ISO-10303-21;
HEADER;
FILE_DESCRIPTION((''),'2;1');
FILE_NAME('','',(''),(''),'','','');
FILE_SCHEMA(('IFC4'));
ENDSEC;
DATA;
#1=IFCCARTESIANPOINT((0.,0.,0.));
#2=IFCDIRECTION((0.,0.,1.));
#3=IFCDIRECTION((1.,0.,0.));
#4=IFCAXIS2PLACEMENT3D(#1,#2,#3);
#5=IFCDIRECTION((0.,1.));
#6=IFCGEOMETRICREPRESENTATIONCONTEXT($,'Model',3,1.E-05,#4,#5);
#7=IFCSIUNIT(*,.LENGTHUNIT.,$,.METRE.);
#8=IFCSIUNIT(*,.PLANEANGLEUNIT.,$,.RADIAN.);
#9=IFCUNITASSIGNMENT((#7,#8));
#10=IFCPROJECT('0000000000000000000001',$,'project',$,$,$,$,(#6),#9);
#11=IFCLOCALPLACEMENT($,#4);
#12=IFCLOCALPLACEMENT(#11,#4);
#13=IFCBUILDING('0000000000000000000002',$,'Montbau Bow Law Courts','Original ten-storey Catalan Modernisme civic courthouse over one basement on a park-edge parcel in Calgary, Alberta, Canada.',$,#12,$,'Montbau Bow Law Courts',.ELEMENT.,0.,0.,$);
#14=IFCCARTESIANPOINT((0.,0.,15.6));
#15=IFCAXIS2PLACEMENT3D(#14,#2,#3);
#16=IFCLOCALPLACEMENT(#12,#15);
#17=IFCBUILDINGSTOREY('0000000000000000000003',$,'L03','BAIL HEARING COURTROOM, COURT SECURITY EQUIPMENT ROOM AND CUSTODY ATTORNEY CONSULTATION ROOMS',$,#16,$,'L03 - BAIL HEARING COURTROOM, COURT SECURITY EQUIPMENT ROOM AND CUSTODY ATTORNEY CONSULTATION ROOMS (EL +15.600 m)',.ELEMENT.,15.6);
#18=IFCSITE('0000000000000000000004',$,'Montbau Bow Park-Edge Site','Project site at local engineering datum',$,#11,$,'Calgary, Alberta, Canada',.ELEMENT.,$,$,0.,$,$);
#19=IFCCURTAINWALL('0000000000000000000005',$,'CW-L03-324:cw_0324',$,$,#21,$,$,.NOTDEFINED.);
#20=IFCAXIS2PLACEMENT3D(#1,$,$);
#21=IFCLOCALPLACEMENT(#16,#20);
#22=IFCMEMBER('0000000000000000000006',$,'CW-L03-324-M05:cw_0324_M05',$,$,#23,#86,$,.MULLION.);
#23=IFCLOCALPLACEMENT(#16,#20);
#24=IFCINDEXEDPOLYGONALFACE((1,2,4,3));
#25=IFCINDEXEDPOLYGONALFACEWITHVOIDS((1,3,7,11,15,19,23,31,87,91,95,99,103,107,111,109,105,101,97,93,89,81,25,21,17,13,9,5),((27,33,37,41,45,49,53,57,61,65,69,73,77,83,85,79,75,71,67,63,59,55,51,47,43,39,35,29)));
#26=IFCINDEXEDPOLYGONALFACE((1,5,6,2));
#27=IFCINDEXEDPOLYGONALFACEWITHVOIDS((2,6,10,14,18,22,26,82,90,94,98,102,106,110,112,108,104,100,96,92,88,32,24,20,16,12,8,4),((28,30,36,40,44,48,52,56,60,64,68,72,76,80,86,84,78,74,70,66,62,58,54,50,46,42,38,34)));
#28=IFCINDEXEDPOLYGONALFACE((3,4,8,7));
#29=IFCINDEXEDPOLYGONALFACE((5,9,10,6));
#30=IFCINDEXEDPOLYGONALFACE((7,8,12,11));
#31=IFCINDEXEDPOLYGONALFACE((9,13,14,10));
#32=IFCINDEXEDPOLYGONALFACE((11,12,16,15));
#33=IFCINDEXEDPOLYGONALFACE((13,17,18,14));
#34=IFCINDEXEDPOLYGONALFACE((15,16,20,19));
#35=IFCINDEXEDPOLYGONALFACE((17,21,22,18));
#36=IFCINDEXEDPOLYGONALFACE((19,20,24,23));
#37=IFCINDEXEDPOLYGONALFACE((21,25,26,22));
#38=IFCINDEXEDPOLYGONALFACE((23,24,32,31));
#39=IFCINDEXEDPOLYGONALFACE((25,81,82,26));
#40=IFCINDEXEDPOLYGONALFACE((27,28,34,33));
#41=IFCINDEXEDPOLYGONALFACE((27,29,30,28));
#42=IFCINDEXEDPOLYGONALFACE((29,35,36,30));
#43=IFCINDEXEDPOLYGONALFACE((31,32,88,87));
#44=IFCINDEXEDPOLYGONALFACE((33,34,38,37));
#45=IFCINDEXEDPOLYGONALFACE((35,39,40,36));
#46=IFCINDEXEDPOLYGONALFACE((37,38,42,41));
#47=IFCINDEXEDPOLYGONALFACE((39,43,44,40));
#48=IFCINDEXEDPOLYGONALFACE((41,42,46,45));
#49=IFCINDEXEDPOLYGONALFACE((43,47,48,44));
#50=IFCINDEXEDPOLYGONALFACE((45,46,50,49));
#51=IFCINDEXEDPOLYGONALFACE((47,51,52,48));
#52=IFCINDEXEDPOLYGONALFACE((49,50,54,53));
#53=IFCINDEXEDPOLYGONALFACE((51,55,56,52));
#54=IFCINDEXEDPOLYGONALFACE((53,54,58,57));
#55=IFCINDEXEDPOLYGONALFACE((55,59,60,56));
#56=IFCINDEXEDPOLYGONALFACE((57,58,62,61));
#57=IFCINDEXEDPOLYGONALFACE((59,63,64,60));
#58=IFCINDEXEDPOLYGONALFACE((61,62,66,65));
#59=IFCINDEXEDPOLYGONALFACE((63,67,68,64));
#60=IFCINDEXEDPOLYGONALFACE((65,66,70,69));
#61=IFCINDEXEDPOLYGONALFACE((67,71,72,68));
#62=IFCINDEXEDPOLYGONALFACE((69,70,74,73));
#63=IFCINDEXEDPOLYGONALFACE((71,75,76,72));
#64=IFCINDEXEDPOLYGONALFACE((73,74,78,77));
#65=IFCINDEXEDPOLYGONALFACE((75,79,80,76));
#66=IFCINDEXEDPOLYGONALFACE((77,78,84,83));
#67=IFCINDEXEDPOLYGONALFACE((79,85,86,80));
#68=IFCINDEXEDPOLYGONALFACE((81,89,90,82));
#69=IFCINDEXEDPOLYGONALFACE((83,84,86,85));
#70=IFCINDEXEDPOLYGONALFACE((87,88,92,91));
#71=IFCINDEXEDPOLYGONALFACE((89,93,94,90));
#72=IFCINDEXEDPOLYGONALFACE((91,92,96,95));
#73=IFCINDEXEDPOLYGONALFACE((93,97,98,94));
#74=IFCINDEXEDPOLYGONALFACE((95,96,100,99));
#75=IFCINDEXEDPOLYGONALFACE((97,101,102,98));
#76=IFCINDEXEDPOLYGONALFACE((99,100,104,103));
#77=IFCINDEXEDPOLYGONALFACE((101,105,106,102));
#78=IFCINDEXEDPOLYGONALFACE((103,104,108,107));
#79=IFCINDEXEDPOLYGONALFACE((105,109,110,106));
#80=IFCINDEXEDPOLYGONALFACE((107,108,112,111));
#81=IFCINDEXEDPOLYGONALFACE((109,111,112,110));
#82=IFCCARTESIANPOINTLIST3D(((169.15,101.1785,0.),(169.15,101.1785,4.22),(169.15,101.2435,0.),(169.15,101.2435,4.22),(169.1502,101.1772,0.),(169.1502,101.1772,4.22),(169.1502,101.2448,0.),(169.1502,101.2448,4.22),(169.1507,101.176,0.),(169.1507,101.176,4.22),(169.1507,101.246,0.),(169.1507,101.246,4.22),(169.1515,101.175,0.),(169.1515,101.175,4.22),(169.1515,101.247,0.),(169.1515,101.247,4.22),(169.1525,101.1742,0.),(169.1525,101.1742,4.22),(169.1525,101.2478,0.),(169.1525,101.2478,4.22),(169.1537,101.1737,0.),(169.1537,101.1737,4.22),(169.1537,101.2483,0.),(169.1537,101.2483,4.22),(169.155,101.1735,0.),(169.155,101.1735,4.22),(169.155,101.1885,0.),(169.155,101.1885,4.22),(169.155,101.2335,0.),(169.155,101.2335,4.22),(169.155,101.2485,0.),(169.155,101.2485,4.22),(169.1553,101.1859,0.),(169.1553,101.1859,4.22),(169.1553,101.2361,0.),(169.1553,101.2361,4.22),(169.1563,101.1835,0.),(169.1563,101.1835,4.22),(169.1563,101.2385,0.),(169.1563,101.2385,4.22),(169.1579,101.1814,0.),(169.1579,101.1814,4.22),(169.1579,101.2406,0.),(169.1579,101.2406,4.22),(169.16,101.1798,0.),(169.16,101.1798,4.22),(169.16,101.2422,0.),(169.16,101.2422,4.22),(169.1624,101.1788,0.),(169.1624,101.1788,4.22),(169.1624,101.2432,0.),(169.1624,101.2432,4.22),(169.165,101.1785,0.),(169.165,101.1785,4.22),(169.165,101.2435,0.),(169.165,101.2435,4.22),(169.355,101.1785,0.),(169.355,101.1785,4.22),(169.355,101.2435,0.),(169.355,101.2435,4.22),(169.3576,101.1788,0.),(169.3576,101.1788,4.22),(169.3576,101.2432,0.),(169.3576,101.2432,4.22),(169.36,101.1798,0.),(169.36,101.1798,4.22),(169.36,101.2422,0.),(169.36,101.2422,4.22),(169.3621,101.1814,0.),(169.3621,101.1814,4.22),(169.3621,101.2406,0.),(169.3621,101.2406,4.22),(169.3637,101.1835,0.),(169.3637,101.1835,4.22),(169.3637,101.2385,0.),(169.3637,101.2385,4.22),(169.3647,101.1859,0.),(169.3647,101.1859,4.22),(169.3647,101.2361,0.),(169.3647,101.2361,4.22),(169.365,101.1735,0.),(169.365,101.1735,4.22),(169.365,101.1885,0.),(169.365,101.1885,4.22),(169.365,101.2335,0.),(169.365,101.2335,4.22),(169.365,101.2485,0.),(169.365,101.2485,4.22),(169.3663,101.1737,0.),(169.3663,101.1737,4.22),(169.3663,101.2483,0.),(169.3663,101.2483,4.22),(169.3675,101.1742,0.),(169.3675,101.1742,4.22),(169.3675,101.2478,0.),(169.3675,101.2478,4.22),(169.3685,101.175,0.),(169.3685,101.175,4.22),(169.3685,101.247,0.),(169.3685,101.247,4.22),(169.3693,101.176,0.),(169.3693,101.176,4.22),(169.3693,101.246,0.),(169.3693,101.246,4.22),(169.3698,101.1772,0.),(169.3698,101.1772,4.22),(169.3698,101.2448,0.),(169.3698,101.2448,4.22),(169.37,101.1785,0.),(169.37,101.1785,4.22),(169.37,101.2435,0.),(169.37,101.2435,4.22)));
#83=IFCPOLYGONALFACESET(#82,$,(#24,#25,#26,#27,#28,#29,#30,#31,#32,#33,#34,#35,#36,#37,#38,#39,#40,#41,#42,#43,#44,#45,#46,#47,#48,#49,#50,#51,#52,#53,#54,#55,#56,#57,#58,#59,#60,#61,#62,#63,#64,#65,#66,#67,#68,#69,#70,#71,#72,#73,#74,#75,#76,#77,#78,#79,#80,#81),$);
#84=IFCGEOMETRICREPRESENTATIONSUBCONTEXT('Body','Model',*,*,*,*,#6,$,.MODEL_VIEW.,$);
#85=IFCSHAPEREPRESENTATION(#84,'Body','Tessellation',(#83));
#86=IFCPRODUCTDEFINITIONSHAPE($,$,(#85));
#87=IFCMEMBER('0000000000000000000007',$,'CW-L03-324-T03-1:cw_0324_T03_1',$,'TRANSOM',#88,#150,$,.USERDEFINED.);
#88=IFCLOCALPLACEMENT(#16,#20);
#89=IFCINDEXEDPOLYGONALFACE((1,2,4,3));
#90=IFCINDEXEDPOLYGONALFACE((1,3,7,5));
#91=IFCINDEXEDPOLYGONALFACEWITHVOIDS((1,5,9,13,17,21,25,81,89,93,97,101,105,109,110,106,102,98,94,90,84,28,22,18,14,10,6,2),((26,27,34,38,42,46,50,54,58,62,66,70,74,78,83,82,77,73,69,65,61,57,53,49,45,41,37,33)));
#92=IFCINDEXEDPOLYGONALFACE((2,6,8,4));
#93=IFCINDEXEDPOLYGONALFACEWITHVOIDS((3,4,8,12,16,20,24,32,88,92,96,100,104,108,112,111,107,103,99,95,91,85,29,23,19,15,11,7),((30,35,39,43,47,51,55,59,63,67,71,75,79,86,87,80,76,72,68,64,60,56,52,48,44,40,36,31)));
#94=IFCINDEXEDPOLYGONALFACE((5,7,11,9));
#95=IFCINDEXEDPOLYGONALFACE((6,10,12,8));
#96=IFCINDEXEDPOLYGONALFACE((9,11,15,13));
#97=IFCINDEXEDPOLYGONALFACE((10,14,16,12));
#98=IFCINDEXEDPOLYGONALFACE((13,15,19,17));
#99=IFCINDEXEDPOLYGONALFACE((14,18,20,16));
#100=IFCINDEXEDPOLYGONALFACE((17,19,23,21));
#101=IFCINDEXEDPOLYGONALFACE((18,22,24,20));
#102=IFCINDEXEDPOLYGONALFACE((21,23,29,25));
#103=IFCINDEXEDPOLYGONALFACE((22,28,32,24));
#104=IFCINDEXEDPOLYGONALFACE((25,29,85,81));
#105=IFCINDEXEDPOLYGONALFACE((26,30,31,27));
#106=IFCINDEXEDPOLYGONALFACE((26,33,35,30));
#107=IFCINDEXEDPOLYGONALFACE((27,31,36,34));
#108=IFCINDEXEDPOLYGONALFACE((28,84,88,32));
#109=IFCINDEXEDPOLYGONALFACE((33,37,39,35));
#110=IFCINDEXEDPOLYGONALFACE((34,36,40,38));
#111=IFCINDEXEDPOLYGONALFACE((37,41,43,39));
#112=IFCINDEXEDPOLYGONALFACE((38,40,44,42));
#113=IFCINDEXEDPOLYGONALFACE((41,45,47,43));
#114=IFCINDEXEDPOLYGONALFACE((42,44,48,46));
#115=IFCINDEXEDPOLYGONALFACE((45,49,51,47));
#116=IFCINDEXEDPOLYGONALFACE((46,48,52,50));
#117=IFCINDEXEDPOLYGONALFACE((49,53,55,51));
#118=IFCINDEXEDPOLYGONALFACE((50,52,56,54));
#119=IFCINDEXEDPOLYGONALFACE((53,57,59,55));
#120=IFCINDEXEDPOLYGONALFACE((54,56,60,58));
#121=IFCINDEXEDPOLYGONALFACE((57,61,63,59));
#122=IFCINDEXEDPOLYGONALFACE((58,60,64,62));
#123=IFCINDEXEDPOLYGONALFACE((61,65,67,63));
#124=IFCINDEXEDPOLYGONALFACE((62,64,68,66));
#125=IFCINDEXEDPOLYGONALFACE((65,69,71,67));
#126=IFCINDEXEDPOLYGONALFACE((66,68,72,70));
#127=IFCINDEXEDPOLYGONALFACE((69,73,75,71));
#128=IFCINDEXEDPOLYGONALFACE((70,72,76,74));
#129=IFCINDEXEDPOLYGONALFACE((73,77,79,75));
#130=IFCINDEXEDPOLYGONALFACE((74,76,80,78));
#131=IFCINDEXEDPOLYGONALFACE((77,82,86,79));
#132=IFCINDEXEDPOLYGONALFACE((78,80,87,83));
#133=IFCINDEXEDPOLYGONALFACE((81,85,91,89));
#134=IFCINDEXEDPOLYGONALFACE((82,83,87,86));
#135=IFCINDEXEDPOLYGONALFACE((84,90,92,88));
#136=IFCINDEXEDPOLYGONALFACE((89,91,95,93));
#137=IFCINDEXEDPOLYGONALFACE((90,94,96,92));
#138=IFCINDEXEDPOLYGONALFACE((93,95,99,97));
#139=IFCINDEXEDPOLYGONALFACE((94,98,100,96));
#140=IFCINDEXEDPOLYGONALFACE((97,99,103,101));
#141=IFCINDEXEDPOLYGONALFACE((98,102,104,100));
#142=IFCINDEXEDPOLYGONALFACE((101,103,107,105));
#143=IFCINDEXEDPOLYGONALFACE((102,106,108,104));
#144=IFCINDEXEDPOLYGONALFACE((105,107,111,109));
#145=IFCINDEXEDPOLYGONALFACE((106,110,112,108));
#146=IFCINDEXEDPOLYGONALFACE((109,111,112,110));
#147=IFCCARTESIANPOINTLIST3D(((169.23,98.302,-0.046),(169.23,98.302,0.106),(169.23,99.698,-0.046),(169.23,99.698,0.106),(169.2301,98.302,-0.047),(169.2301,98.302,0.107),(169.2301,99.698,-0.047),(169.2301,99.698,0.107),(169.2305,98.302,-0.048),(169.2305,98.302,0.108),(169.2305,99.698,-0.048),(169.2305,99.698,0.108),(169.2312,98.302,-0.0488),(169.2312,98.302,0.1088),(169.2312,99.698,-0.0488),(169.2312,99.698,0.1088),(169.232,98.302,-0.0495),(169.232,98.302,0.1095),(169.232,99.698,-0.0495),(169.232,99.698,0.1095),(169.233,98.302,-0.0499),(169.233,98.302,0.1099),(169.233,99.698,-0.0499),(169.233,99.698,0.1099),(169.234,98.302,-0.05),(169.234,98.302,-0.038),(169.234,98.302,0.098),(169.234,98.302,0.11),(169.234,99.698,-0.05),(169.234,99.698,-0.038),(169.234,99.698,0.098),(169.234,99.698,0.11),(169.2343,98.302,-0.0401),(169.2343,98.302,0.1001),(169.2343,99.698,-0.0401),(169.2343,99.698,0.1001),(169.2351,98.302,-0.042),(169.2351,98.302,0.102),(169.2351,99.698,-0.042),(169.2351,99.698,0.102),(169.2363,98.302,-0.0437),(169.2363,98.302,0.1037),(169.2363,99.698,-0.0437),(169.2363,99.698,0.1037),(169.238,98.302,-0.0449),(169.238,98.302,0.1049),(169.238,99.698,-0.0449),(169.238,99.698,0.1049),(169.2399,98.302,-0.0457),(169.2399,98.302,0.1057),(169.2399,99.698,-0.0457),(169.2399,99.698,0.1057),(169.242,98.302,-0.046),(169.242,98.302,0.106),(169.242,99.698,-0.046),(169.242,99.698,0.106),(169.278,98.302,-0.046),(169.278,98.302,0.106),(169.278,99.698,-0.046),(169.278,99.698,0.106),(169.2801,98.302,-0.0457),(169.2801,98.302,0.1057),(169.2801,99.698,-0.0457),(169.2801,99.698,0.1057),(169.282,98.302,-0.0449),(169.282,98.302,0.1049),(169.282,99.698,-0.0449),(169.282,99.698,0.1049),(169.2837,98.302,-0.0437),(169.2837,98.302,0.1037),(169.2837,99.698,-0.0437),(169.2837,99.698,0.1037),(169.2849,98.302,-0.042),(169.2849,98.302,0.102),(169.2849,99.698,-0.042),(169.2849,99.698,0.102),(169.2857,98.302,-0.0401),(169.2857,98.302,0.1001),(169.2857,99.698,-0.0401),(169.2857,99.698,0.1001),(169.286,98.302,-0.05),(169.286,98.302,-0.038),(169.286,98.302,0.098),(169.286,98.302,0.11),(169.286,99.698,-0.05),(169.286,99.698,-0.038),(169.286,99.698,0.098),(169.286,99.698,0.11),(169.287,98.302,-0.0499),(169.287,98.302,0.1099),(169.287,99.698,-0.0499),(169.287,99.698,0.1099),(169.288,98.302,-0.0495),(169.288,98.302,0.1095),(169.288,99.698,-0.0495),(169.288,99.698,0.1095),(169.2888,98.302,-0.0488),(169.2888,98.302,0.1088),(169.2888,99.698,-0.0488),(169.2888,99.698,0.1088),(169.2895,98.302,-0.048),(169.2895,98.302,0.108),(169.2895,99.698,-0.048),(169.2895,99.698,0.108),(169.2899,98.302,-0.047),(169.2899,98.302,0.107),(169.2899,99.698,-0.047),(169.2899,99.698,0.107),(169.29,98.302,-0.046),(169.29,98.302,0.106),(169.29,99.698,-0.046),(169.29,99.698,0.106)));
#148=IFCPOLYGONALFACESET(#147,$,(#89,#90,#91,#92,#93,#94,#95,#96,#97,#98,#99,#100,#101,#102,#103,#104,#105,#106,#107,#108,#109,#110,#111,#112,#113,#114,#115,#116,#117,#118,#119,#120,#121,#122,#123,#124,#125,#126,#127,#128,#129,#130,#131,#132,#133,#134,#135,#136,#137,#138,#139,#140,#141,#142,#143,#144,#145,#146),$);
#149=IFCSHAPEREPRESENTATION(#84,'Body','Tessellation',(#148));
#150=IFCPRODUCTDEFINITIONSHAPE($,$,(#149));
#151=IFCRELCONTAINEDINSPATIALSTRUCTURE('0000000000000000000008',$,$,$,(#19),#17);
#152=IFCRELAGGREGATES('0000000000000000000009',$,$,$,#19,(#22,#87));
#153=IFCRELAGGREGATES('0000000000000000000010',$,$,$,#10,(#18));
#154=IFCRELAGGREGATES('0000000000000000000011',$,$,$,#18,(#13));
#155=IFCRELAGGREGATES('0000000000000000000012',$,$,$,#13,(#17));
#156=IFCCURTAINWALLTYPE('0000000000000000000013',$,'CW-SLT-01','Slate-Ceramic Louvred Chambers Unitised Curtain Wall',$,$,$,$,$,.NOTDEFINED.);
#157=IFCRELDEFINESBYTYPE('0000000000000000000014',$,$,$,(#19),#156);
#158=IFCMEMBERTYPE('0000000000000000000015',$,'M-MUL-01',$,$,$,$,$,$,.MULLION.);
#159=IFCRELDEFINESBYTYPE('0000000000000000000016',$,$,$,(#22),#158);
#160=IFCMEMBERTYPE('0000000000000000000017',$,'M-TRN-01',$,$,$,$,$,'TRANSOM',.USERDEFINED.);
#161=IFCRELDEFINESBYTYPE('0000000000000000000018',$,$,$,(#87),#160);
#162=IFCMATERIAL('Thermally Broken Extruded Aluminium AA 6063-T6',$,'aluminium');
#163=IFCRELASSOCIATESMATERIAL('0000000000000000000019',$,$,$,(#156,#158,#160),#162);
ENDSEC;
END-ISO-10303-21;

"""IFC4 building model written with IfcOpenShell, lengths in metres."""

from ifc_helpers import new_model, si_unit, direction, frame, origin_with_axes, origin_2d_with_axis, place, context, subcontext, project, spatial, hollow_rectangle, extrude, material, material_profile, profile_set, type_object, element, aggregate, save


model = new_model("IFC4")

# Units and contexts
model_context = context("Model", 3, precision=1e-05, world=origin_with_axes(), true_north=direction((0.0, 1.0)))
body_context = subcontext(model_context, "Body", "Model", "MODEL_VIEW")
ifc_project = project(units=[si_unit("LENGTHUNIT", "METRE"), si_unit("PLANEANGLEUNIT", "RADIAN")], contexts=[model_context])

# Site, building, storey
site_placement = place(None, origin_with_axes())
site = spatial("IfcSite", under=ifc_project, at=site_placement, Name="Montbau Bow Park-Edge Site", Description="Project site at local engineering datum", LongName="Calgary, Alberta, Canada", CompositionType="ELEMENT", RefElevation=0.0)
building_placement = place(site_placement, origin_with_axes())
building = spatial("IfcBuilding", under=site, at=building_placement, Name="Montbau Bow Law Courts", Description="Original ten-storey Catalan Modernisme civic courthouse over one basement on a park-edge parcel in Calgary, Alberta, Canada.", LongName="Montbau Bow Law Courts", CompositionType="ELEMENT", ElevationOfRefHeight=0.0, ElevationOfTerrain=0.0)
storey_placement = place(building_placement, frame((0.0, 0.0, 15.6), z_axis=(0.0, 0.0, 1.0), x_axis=(1.0, 0.0, 0.0)))
storey = spatial("IfcBuildingStorey", under=building, at=storey_placement, Name="L03", Description="BAIL HEARING COURTROOM, COURT SECURITY EQUIPMENT ROOM AND CUSTODY ATTORNEY CONSULTATION ROOMS", LongName="L03 - BAIL HEARING COURTROOM, COURT SECURITY EQUIPMENT ROOM AND CUSTODY ATTORNEY CONSULTATION ROOMS (EL +15.600 m)", CompositionType="ELEMENT", Elevation=15.6)

# Curtain wall, members
ifc_material_1 = material(Name="Thermally Broken Extruded Aluminium AA 6063-T6", Category="aluminium")
curtain_wall_type = type_object("IfcCurtainWallType", Name="CW-SLT-01", Description="Slate-Ceramic Louvred Chambers Unitised Curtain Wall", PredefinedType="NOTDEFINED", material=ifc_material_1)
curtain_wall_placement = place(None, frame((169.26, 95.315, 15.6), z_axis=(0.0, 0.0, 1.0), x_axis=(1.0, 0.0, 0.0)))
curtain_wall = element("IfcCurtainWall", 1, at=curtain_wall_placement, inside=storey, type_object=curtain_wall_type, Name="CW-L03-324:cw_0324", PredefinedType="NOTDEFINED")
ifc_material_profile_1 = material_profile(ifc_material_1, hollow_rectangle(XDim=0.075, YDim=0.22, WallThickness=0.005, InnerFilletRadius=0.01, OuterFilletRadius=0.005, at=origin_2d_with_axis()), Name="CWM-220X75", Category="Main", Priority=0)
ifc_profile_set_1 = profile_set([ifc_material_profile_1], Name="Thermally Broken Extruded Aluminium AA 6063-T6")
member_type_1 = type_object("IfcMemberType", Name="M-MUL-01", PredefinedType="MULLION", material=ifc_profile_set_1)
member_1_placement = place(None, frame((169.26, 101.211, 15.6), z_axis=(0.0, 0.0, 1.0), x_axis=(0.0, 1.0, 0.0)))
member_1 = element("IfcMember", 2, at=member_1_placement, type_object=member_type_1, Name="CW-L03-324-M05:cw_0324_M05", PredefinedType="MULLION", context=body_context, shape_type="SweptSolid", body=[
    extrude(hollow_rectangle(XDim=0.075, YDim=0.22, WallThickness=0.005, InnerFilletRadius=0.01, OuterFilletRadius=0.005, at=origin_2d_with_axis()), origin_with_axes(), (0.0, 0.0, 1.0), 4.22),
])
ifc_material_profile_2 = material_profile(ifc_material_1, hollow_rectangle(XDim=0.06, YDim=0.16, WallThickness=0.004, InnerFilletRadius=0.008, OuterFilletRadius=0.004, at=origin_2d_with_axis()), Name="CWT-160X60", Category="Main", Priority=0)
ifc_profile_set_2 = profile_set([ifc_material_profile_2], Name="Thermally Broken Extruded Aluminium AA 6063-T6")
member_type_2 = type_object("IfcMemberType", Name="M-TRN-01", ElementType="TRANSOM", PredefinedType="USERDEFINED", material=ifc_profile_set_2)
member_2_placement = place(None, frame((169.26, 98.302, 15.63), z_axis=(0.0, 1.0, 0.0), x_axis=(-1.0, 0.0, 0.0)))
member_2 = element("IfcMember", 3, at=member_2_placement, type_object=member_type_2, Name="CW-L03-324-T03-1:cw_0324_T03_1", ObjectType="TRANSOM", PredefinedType="USERDEFINED", context=body_context, shape_type="SweptSolid", body=[
    extrude(hollow_rectangle(XDim=0.06, YDim=0.16, WallThickness=0.004, InnerFilletRadius=0.008, OuterFilletRadius=0.004, at=origin_2d_with_axis()), origin_with_axes(), (0.0, 0.0, 1.0), 1.396),
])
aggregate(curtain_wall, [member_1, member_2])

save(model, "model.ifc")
